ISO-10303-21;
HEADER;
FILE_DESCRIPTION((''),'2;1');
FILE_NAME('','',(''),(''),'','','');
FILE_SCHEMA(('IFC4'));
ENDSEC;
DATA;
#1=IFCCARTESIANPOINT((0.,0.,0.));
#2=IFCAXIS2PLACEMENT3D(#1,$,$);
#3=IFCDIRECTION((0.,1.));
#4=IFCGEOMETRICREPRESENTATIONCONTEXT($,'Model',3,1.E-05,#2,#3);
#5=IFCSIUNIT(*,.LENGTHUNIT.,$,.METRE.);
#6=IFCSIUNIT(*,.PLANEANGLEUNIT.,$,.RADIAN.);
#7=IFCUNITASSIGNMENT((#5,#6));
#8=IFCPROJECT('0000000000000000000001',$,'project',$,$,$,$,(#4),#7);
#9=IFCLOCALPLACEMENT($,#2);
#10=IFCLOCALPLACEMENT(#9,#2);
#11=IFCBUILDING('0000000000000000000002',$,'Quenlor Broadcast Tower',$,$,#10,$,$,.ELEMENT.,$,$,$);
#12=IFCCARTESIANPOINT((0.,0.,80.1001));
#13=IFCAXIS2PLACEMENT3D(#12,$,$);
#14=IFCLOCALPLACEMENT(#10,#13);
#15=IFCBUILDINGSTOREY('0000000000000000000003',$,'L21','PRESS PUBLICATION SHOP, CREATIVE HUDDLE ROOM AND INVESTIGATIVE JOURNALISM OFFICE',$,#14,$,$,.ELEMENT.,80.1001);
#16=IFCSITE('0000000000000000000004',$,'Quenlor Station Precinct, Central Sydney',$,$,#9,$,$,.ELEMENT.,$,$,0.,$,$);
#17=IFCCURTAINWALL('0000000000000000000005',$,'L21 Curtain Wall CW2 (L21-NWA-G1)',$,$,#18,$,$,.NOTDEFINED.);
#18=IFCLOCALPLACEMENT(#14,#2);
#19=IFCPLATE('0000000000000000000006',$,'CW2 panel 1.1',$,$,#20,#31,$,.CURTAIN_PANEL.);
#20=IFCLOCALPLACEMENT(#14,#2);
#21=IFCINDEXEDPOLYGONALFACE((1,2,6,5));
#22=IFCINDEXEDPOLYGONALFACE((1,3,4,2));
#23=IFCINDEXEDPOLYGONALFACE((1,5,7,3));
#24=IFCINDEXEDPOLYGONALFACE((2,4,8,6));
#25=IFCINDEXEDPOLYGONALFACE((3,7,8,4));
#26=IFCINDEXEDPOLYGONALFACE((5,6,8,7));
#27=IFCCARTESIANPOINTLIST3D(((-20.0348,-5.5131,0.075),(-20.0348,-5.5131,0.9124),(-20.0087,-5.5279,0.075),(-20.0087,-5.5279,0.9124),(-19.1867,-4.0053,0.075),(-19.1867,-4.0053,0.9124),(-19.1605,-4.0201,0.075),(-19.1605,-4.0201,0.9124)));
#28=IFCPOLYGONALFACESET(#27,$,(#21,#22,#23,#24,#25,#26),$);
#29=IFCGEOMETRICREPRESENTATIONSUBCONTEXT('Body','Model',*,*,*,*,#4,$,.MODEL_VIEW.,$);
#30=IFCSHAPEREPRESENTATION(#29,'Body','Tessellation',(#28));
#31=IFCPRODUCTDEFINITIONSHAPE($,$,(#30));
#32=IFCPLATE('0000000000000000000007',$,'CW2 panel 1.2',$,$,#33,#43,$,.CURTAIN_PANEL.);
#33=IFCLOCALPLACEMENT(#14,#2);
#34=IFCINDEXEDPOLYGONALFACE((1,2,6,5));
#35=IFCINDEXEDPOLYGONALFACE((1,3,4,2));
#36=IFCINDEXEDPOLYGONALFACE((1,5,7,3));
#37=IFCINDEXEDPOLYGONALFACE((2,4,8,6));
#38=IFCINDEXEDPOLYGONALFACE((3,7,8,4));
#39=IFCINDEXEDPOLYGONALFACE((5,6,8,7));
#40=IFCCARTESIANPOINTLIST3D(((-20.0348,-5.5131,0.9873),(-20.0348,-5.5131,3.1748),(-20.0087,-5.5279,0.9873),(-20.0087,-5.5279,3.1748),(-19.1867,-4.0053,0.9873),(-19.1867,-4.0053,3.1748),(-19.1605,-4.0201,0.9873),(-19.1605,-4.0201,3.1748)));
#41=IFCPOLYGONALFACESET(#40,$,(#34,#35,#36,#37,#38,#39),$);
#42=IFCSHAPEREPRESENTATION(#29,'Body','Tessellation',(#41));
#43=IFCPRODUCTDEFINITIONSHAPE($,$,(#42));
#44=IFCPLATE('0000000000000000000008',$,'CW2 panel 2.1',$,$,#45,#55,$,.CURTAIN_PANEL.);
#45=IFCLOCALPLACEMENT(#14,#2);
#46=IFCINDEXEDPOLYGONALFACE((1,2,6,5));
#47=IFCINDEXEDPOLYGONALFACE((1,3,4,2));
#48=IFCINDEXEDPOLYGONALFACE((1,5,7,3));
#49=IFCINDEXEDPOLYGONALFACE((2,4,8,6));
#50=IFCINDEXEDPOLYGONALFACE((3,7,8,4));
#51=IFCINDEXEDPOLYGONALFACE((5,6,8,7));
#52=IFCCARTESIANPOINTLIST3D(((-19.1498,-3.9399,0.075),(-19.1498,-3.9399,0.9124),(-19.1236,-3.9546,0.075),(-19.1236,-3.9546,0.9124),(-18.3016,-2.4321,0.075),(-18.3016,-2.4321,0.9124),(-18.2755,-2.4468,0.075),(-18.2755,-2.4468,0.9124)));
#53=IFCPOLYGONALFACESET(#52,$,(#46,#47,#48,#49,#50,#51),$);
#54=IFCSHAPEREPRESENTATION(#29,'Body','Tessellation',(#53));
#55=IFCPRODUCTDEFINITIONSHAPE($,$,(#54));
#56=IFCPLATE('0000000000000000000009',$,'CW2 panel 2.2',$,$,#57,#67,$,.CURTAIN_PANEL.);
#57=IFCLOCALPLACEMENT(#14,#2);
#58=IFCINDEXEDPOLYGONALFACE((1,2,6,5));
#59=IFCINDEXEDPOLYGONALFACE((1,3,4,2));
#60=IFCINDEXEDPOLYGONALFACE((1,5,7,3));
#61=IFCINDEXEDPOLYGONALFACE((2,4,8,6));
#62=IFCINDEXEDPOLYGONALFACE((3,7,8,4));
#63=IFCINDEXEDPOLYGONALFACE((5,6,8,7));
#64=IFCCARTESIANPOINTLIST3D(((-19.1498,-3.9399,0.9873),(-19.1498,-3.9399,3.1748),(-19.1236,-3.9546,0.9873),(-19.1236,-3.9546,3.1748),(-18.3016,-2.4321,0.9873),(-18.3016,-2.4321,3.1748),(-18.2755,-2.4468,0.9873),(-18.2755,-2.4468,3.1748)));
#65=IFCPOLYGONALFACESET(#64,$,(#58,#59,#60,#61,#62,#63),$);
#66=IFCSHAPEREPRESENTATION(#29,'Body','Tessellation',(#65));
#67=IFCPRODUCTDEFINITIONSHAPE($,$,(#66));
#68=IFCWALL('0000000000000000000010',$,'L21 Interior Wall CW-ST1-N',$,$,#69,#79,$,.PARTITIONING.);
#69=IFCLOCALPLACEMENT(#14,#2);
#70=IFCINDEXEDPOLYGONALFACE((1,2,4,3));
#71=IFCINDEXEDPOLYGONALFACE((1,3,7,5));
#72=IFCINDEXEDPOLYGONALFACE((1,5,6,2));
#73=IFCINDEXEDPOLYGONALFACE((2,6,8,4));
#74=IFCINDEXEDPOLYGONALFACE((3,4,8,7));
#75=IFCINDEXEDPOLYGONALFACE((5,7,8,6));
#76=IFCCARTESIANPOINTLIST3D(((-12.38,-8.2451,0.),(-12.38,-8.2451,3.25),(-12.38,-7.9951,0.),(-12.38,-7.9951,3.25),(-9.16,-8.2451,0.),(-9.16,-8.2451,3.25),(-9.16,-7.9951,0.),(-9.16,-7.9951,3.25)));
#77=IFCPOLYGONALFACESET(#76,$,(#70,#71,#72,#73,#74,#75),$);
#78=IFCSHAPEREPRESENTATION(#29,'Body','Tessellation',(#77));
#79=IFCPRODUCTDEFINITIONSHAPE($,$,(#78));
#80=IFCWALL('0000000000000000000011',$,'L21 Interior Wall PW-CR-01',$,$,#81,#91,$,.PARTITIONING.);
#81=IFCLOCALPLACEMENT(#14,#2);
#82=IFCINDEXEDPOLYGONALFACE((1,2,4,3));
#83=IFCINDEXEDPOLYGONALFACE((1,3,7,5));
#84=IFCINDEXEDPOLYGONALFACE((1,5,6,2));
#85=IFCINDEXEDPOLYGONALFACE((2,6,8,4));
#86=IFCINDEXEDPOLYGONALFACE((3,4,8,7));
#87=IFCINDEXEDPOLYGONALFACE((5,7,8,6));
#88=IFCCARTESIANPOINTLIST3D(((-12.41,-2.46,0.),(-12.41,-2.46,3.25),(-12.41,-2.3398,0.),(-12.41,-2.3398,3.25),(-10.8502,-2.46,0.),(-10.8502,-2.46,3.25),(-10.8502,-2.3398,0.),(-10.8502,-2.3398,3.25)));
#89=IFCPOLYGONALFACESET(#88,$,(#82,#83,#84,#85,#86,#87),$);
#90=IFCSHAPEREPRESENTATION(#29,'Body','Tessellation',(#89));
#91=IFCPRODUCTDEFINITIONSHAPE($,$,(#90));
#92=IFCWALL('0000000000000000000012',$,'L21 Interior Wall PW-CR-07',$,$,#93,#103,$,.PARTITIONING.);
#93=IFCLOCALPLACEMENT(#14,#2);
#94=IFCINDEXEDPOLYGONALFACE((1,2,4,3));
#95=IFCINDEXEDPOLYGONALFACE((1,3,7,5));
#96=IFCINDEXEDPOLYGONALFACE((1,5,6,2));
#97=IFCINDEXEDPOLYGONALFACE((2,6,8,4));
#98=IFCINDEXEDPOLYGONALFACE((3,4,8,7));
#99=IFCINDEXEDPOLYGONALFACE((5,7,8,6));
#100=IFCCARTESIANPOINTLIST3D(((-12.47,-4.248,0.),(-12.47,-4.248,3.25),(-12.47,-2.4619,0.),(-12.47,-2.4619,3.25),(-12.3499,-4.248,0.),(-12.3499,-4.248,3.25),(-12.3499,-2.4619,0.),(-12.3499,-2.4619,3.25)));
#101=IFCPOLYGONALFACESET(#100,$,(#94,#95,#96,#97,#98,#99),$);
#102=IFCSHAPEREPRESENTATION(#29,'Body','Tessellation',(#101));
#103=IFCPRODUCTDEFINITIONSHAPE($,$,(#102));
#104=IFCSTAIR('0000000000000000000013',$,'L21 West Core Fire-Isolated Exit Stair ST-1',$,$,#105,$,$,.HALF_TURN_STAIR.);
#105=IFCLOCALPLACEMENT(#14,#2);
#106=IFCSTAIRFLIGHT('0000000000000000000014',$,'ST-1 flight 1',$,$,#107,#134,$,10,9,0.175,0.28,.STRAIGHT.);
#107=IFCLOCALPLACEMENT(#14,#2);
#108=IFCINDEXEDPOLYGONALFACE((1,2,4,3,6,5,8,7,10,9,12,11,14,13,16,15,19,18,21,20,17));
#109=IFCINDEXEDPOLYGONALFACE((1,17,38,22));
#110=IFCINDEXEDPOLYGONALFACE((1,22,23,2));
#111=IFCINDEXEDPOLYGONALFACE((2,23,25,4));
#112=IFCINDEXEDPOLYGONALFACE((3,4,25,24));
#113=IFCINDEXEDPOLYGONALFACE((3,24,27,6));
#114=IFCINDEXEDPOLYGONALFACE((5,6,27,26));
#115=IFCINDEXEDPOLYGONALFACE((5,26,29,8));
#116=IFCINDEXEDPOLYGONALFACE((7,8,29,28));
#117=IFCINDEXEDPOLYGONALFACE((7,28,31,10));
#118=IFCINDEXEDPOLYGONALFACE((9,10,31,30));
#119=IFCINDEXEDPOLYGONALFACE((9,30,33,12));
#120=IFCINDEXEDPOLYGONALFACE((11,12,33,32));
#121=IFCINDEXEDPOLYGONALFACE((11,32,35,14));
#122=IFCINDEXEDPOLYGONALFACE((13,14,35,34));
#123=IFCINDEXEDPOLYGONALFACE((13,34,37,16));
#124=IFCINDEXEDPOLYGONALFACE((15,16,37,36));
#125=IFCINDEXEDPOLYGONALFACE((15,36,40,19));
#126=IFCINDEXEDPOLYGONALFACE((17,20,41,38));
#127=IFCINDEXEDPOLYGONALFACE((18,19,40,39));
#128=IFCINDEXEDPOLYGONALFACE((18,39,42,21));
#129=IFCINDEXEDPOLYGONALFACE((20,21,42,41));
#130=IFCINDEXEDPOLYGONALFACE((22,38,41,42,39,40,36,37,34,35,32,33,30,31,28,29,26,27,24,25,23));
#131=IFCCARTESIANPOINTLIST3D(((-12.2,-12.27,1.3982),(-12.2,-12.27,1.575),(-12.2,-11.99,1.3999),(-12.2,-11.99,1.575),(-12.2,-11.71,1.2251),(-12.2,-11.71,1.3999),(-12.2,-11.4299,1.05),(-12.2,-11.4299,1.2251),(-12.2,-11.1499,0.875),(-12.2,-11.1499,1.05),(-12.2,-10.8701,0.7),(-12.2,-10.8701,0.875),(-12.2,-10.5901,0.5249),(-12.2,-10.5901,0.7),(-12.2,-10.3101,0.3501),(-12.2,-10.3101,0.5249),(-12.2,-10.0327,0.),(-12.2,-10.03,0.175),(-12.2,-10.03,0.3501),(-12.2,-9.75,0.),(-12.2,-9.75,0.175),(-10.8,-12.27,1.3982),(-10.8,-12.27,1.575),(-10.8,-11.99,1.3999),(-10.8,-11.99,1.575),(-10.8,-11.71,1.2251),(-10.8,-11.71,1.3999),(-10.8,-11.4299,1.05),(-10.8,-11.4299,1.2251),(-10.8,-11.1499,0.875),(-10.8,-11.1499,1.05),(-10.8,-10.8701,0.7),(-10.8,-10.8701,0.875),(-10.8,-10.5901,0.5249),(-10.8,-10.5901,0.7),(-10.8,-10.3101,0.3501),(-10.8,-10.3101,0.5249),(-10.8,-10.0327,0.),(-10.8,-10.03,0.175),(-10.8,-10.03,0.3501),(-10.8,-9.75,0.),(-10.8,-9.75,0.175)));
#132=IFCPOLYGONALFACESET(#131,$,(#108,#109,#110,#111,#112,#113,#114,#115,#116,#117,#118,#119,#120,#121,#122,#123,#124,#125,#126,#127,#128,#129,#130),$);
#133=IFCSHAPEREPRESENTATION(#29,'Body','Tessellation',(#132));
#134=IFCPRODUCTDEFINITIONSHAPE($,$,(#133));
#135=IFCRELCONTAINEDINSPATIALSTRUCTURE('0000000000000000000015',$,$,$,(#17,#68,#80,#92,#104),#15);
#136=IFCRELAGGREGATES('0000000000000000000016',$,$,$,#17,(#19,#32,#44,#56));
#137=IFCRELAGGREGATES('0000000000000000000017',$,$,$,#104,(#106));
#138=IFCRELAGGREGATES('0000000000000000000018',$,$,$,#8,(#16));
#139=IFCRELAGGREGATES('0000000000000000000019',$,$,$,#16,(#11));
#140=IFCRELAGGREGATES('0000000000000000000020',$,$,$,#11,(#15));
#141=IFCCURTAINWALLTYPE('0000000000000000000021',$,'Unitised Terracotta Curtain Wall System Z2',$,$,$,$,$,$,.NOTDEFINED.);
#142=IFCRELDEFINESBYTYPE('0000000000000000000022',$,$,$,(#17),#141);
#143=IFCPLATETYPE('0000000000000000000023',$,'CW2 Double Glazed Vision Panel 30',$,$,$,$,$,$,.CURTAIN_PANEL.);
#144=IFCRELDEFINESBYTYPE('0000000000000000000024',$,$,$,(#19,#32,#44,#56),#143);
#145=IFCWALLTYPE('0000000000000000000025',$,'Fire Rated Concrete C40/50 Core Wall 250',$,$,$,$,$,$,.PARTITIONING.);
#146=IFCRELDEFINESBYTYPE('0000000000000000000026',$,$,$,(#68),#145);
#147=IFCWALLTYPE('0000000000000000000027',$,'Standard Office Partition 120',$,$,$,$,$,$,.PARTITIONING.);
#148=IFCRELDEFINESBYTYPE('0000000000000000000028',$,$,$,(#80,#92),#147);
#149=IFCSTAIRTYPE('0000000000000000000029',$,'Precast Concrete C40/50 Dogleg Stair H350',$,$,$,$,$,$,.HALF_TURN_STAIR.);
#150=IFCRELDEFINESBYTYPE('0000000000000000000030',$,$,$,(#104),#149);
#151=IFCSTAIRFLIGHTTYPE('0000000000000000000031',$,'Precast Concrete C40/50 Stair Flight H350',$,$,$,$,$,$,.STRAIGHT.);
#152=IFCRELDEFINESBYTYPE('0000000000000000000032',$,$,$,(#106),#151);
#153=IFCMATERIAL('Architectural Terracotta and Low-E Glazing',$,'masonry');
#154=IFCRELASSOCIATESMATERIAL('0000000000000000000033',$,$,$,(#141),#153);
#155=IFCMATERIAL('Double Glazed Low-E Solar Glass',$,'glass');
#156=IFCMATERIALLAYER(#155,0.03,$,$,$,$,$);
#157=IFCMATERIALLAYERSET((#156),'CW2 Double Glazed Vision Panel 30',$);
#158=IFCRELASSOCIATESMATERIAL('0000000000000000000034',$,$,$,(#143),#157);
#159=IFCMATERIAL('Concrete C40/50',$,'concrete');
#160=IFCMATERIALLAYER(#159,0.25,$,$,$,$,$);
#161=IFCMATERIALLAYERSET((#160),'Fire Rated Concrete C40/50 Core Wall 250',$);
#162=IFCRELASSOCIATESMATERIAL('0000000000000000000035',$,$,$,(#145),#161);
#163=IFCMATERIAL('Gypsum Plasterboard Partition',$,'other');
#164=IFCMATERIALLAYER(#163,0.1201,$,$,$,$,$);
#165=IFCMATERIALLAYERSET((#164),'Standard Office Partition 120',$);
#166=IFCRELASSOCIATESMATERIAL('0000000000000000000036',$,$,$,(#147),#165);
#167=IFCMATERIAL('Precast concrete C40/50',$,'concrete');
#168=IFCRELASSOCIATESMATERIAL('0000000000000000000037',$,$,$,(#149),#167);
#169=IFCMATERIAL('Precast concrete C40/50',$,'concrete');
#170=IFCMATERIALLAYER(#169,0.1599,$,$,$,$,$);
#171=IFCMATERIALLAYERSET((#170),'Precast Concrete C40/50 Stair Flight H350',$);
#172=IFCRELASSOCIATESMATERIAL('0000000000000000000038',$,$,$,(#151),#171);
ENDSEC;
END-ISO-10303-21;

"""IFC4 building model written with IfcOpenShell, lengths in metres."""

from ifc_helpers import new_model, si_unit, direction, frame, frame_2d, origin, origin_2d, place, context, subcontext, project, spatial, polyline, rectangle, outline, extrude, material, layer, layer_set, type_object, element, aggregate, save


model = new_model("IFC4")

# Units and contexts
model_context = context("Model", 3, precision=1e-05, world=origin(), true_north=direction((0.0, 1.0)))
body_context = subcontext(model_context, "Body", "Model", "MODEL_VIEW")
ifc_project = project(units=[si_unit("LENGTHUNIT", "METRE"), si_unit("PLANEANGLEUNIT", "RADIAN")], contexts=[model_context])

# Site, building, storey
site_placement = place(None, origin())
site = spatial("IfcSite", under=ifc_project, at=site_placement, Name="Quenlor Station Precinct, Central Sydney", CompositionType="ELEMENT", RefElevation=0.0)
building_placement = place(site_placement, origin())
building = spatial("IfcBuilding", under=site, at=building_placement, Name="Quenlor Broadcast Tower", CompositionType="ELEMENT")
storey_placement = place(building_placement, frame((0.0, 0.0, 80.1001)))
storey = spatial("IfcBuildingStorey", under=building, at=storey_placement, Name="L21", Description="PRESS PUBLICATION SHOP, CREATIVE HUDDLE ROOM AND INVESTIGATIVE JOURNALISM OFFICE", CompositionType="ELEMENT", Elevation=80.1001)

# Curtain wall
ifc_material_1 = material(Name="Architectural Terracotta and Low-E Glazing", Category="masonry")
curtain_wall_type = type_object("IfcCurtainWallType", Name="Unitised Terracotta Curtain Wall System Z2", PredefinedType="NOTDEFINED", material=ifc_material_1)
curtain_wall_placement = place(storey_placement, origin())
curtain_wall = element("IfcCurtainWall", 1, at=curtain_wall_placement, inside=storey, type_object=curtain_wall_type, Name="L21 Curtain Wall CW2 (L21-NWA-G1)", PredefinedType="NOTDEFINED")

# Plates
ifc_material_2 = material(Name="Double Glazed Low-E Solar Glass", Category="glass")
ifc_layer_1 = layer(ifc_material_2, 0.03)
ifc_layer_set_1 = layer_set([ifc_layer_1], Name="CW2 Double Glazed Vision Panel 30")
plate_type = type_object("IfcPlateType", Name="CW2 Double Glazed Vision Panel 30", PredefinedType="CURTAIN_PANEL", material=ifc_layer_set_1)
plate_1_placement = place(storey_placement, frame((-19.5977, -4.7666, 0.075), z_axis=(0.0, 0.0, 1.0), x_axis=(0.490277, 0.871567, 0.0)))
plate_1 = element("IfcPlate", 2, at=plate_1_placement, type_object=plate_type, Name="CW2 panel 1.1", PredefinedType="CURTAIN_PANEL", context=body_context, shape_type="SweptSolid", body=[
    extrude(rectangle(XDim=1.73, YDim=0.03, at=origin_2d()), origin(), (0.0, 0.0, 1.0), 0.8374),
])
plate_2_placement = place(storey_placement, frame((-19.5977, -4.7666, 0.9873), z_axis=(0.0, 0.0, 1.0), x_axis=(0.490277, 0.871567, 0.0)))
plate_2 = element("IfcPlate", 3, at=plate_2_placement, type_object=plate_type, Name="CW2 panel 1.2", PredefinedType="CURTAIN_PANEL", context=body_context, shape_type="SweptSolid", body=[
    extrude(rectangle(XDim=1.73, YDim=0.03, at=origin_2d()), origin(), (0.0, 0.0, 1.0), 2.1875),
])
plate_3_placement = place(storey_placement, frame((-18.7126, -3.1934, 0.075), z_axis=(0.0, 0.0, 1.0), x_axis=(0.490277, 0.871567, 0.0)))
plate_3 = element("IfcPlate", 4, at=plate_3_placement, type_object=plate_type, Name="CW2 panel 2.1", PredefinedType="CURTAIN_PANEL", context=body_context, shape_type="SweptSolid", body=[
    extrude(rectangle(XDim=1.73, YDim=0.03, at=origin_2d()), origin(), (0.0, 0.0, 1.0), 0.8374),
])
plate_4_placement = place(storey_placement, frame((-18.7126, -3.1934, 0.9873), z_axis=(0.0, 0.0, 1.0), x_axis=(0.490277, 0.871567, 0.0)))
plate_4 = element("IfcPlate", 5, at=plate_4_placement, type_object=plate_type, Name="CW2 panel 2.2", PredefinedType="CURTAIN_PANEL", context=body_context, shape_type="SweptSolid", body=[
    extrude(rectangle(XDim=1.73, YDim=0.03, at=origin_2d()), origin(), (0.0, 0.0, 1.0), 2.1875),
])
aggregate(curtain_wall, [plate_1, plate_2, plate_3, plate_4])

# Wall
ifc_material_3 = material(Name="Concrete C40/50", Category="concrete")
ifc_layer_2 = layer(ifc_material_3, 0.25)
ifc_layer_set_2 = layer_set([ifc_layer_2], Name="Fire Rated Concrete C40/50 Core Wall 250")
wall_type_1 = type_object("IfcWallType", Name="Fire Rated Concrete C40/50 Core Wall 250", PredefinedType="PARTITIONING", material=ifc_layer_set_2)
wall_1_placement = place(storey_placement, frame((-12.3799, -8.1201, 0.0), z_axis=(0.0, 0.0, 1.0), x_axis=(1.0, 0.0, 0.0)))
element("IfcWall", 6, at=wall_1_placement, inside=storey, type_object=wall_type_1, Name="L21 Interior Wall CW-ST1-N", PredefinedType="PARTITIONING", context=body_context, shape_type="SweptSolid", body=[
    extrude(rectangle(XDim=3.22, YDim=0.25, at=frame_2d((1.6099, 0.0))), origin(), (0.0, 0.0, 1.0), 3.25),
])

# Walls
ifc_material_4 = material(Name="Gypsum Plasterboard Partition", Category="other")
ifc_layer_3 = layer(ifc_material_4, 0.1201)
ifc_layer_set_3 = layer_set([ifc_layer_3], Name="Standard Office Partition 120")
wall_type_2 = type_object("IfcWallType", Name="Standard Office Partition 120", PredefinedType="PARTITIONING", material=ifc_layer_set_3)
wall_2_placement = place(storey_placement, frame((-12.4099, -2.3999, 0.0), z_axis=(0.0, 0.0, 1.0), x_axis=(1.0, 0.0, 0.0)))
element("IfcWall", 7, at=wall_2_placement, inside=storey, type_object=wall_type_2, Name="L21 Interior Wall PW-CR-01", PredefinedType="PARTITIONING", context=body_context, shape_type="SweptSolid", body=[
    extrude(rectangle(XDim=1.5598, YDim=0.1201, at=frame_2d((0.7798, 0.0))), origin(), (0.0, 0.0, 1.0), 3.25),
])
wall_3_placement = place(storey_placement, frame((-12.4099, -4.248, 0.0), z_axis=(0.0, 0.0, 1.0), x_axis=(0.0, 1.0, 0.0)))
element("IfcWall", 8, at=wall_3_placement, inside=storey, type_object=wall_type_2, Name="L21 Interior Wall PW-CR-07", PredefinedType="PARTITIONING", context=body_context, shape_type="SweptSolid", body=[
    extrude(rectangle(XDim=1.7861, YDim=0.1201, at=frame_2d((0.8931, 0.0))), origin(), (0.0, 0.0, 1.0), 3.25),
])

# Stair, stair flight
ifc_material_5 = material(Name="Precast concrete C40/50", Category="concrete")
stair_type = type_object("IfcStairType", Name="Precast Concrete C40/50 Dogleg Stair H350", PredefinedType="HALF_TURN_STAIR", material=ifc_material_5)
stair_placement = place(storey_placement, origin())
stair = element("IfcStair", 9, at=stair_placement, inside=storey, type_object=stair_type, Name="L21 West Core Fire-Isolated Exit Stair ST-1", PredefinedType="HALF_TURN_STAIR")
ifc_material_6 = material(Name="Precast concrete C40/50", Category="concrete")
ifc_layer_4 = layer(ifc_material_6, 0.1599)
ifc_layer_set_4 = layer_set([ifc_layer_4], Name="Precast Concrete C40/50 Stair Flight H350")
stair_flight_type = type_object("IfcStairFlightType", Name="Precast Concrete C40/50 Stair Flight H350", PredefinedType="STRAIGHT", material=ifc_layer_set_4)
stair_flight_placement = place(storey_placement, frame((-11.5, -9.75, 0.0), z_axis=(0.0, 0.0, 1.0), x_axis=(0.0, -1.0, 0.0)))
stair_flight = element("IfcStairFlight", 10, at=stair_flight_placement, type_object=stair_flight_type, Name="ST-1 flight 1", NumberOfRisers=10, NumberOfTreads=9, PredefinedType="STRAIGHT", RiserHeight=0.175, TreadLength=0.28, context=body_context, shape_type="SweptSolid", body=[
    extrude(outline(polyline([(0.0, 0.0), (0.0, 0.175), (0.28, 0.175), (0.28, 0.3501), (0.5601, 0.3501), (0.5601, 0.5249), (0.8401, 0.5249), (0.8401, 0.7), (1.1201, 0.7), (1.1201, 0.875), (1.3999, 0.875), (1.3999, 1.05), (1.6799, 1.05), (1.6799, 1.2251), (1.96, 1.2251), (1.96, 1.3999), (2.24, 1.3999), (2.24, 1.575), (2.52, 1.575), (2.52, 1.75), (2.52, 1.3982), (0.2827, 0.0), (0.0, 0.0)])), frame((0.0, 0.7, 0.0), z_axis=(0.0, -1.0, 0.0), x_axis=(1.0, 0.0, 0.0)), (0.0, 0.0, 1.0), 1.3999),
])
aggregate(stair, [stair_flight])

save(model, "model.ifc")
